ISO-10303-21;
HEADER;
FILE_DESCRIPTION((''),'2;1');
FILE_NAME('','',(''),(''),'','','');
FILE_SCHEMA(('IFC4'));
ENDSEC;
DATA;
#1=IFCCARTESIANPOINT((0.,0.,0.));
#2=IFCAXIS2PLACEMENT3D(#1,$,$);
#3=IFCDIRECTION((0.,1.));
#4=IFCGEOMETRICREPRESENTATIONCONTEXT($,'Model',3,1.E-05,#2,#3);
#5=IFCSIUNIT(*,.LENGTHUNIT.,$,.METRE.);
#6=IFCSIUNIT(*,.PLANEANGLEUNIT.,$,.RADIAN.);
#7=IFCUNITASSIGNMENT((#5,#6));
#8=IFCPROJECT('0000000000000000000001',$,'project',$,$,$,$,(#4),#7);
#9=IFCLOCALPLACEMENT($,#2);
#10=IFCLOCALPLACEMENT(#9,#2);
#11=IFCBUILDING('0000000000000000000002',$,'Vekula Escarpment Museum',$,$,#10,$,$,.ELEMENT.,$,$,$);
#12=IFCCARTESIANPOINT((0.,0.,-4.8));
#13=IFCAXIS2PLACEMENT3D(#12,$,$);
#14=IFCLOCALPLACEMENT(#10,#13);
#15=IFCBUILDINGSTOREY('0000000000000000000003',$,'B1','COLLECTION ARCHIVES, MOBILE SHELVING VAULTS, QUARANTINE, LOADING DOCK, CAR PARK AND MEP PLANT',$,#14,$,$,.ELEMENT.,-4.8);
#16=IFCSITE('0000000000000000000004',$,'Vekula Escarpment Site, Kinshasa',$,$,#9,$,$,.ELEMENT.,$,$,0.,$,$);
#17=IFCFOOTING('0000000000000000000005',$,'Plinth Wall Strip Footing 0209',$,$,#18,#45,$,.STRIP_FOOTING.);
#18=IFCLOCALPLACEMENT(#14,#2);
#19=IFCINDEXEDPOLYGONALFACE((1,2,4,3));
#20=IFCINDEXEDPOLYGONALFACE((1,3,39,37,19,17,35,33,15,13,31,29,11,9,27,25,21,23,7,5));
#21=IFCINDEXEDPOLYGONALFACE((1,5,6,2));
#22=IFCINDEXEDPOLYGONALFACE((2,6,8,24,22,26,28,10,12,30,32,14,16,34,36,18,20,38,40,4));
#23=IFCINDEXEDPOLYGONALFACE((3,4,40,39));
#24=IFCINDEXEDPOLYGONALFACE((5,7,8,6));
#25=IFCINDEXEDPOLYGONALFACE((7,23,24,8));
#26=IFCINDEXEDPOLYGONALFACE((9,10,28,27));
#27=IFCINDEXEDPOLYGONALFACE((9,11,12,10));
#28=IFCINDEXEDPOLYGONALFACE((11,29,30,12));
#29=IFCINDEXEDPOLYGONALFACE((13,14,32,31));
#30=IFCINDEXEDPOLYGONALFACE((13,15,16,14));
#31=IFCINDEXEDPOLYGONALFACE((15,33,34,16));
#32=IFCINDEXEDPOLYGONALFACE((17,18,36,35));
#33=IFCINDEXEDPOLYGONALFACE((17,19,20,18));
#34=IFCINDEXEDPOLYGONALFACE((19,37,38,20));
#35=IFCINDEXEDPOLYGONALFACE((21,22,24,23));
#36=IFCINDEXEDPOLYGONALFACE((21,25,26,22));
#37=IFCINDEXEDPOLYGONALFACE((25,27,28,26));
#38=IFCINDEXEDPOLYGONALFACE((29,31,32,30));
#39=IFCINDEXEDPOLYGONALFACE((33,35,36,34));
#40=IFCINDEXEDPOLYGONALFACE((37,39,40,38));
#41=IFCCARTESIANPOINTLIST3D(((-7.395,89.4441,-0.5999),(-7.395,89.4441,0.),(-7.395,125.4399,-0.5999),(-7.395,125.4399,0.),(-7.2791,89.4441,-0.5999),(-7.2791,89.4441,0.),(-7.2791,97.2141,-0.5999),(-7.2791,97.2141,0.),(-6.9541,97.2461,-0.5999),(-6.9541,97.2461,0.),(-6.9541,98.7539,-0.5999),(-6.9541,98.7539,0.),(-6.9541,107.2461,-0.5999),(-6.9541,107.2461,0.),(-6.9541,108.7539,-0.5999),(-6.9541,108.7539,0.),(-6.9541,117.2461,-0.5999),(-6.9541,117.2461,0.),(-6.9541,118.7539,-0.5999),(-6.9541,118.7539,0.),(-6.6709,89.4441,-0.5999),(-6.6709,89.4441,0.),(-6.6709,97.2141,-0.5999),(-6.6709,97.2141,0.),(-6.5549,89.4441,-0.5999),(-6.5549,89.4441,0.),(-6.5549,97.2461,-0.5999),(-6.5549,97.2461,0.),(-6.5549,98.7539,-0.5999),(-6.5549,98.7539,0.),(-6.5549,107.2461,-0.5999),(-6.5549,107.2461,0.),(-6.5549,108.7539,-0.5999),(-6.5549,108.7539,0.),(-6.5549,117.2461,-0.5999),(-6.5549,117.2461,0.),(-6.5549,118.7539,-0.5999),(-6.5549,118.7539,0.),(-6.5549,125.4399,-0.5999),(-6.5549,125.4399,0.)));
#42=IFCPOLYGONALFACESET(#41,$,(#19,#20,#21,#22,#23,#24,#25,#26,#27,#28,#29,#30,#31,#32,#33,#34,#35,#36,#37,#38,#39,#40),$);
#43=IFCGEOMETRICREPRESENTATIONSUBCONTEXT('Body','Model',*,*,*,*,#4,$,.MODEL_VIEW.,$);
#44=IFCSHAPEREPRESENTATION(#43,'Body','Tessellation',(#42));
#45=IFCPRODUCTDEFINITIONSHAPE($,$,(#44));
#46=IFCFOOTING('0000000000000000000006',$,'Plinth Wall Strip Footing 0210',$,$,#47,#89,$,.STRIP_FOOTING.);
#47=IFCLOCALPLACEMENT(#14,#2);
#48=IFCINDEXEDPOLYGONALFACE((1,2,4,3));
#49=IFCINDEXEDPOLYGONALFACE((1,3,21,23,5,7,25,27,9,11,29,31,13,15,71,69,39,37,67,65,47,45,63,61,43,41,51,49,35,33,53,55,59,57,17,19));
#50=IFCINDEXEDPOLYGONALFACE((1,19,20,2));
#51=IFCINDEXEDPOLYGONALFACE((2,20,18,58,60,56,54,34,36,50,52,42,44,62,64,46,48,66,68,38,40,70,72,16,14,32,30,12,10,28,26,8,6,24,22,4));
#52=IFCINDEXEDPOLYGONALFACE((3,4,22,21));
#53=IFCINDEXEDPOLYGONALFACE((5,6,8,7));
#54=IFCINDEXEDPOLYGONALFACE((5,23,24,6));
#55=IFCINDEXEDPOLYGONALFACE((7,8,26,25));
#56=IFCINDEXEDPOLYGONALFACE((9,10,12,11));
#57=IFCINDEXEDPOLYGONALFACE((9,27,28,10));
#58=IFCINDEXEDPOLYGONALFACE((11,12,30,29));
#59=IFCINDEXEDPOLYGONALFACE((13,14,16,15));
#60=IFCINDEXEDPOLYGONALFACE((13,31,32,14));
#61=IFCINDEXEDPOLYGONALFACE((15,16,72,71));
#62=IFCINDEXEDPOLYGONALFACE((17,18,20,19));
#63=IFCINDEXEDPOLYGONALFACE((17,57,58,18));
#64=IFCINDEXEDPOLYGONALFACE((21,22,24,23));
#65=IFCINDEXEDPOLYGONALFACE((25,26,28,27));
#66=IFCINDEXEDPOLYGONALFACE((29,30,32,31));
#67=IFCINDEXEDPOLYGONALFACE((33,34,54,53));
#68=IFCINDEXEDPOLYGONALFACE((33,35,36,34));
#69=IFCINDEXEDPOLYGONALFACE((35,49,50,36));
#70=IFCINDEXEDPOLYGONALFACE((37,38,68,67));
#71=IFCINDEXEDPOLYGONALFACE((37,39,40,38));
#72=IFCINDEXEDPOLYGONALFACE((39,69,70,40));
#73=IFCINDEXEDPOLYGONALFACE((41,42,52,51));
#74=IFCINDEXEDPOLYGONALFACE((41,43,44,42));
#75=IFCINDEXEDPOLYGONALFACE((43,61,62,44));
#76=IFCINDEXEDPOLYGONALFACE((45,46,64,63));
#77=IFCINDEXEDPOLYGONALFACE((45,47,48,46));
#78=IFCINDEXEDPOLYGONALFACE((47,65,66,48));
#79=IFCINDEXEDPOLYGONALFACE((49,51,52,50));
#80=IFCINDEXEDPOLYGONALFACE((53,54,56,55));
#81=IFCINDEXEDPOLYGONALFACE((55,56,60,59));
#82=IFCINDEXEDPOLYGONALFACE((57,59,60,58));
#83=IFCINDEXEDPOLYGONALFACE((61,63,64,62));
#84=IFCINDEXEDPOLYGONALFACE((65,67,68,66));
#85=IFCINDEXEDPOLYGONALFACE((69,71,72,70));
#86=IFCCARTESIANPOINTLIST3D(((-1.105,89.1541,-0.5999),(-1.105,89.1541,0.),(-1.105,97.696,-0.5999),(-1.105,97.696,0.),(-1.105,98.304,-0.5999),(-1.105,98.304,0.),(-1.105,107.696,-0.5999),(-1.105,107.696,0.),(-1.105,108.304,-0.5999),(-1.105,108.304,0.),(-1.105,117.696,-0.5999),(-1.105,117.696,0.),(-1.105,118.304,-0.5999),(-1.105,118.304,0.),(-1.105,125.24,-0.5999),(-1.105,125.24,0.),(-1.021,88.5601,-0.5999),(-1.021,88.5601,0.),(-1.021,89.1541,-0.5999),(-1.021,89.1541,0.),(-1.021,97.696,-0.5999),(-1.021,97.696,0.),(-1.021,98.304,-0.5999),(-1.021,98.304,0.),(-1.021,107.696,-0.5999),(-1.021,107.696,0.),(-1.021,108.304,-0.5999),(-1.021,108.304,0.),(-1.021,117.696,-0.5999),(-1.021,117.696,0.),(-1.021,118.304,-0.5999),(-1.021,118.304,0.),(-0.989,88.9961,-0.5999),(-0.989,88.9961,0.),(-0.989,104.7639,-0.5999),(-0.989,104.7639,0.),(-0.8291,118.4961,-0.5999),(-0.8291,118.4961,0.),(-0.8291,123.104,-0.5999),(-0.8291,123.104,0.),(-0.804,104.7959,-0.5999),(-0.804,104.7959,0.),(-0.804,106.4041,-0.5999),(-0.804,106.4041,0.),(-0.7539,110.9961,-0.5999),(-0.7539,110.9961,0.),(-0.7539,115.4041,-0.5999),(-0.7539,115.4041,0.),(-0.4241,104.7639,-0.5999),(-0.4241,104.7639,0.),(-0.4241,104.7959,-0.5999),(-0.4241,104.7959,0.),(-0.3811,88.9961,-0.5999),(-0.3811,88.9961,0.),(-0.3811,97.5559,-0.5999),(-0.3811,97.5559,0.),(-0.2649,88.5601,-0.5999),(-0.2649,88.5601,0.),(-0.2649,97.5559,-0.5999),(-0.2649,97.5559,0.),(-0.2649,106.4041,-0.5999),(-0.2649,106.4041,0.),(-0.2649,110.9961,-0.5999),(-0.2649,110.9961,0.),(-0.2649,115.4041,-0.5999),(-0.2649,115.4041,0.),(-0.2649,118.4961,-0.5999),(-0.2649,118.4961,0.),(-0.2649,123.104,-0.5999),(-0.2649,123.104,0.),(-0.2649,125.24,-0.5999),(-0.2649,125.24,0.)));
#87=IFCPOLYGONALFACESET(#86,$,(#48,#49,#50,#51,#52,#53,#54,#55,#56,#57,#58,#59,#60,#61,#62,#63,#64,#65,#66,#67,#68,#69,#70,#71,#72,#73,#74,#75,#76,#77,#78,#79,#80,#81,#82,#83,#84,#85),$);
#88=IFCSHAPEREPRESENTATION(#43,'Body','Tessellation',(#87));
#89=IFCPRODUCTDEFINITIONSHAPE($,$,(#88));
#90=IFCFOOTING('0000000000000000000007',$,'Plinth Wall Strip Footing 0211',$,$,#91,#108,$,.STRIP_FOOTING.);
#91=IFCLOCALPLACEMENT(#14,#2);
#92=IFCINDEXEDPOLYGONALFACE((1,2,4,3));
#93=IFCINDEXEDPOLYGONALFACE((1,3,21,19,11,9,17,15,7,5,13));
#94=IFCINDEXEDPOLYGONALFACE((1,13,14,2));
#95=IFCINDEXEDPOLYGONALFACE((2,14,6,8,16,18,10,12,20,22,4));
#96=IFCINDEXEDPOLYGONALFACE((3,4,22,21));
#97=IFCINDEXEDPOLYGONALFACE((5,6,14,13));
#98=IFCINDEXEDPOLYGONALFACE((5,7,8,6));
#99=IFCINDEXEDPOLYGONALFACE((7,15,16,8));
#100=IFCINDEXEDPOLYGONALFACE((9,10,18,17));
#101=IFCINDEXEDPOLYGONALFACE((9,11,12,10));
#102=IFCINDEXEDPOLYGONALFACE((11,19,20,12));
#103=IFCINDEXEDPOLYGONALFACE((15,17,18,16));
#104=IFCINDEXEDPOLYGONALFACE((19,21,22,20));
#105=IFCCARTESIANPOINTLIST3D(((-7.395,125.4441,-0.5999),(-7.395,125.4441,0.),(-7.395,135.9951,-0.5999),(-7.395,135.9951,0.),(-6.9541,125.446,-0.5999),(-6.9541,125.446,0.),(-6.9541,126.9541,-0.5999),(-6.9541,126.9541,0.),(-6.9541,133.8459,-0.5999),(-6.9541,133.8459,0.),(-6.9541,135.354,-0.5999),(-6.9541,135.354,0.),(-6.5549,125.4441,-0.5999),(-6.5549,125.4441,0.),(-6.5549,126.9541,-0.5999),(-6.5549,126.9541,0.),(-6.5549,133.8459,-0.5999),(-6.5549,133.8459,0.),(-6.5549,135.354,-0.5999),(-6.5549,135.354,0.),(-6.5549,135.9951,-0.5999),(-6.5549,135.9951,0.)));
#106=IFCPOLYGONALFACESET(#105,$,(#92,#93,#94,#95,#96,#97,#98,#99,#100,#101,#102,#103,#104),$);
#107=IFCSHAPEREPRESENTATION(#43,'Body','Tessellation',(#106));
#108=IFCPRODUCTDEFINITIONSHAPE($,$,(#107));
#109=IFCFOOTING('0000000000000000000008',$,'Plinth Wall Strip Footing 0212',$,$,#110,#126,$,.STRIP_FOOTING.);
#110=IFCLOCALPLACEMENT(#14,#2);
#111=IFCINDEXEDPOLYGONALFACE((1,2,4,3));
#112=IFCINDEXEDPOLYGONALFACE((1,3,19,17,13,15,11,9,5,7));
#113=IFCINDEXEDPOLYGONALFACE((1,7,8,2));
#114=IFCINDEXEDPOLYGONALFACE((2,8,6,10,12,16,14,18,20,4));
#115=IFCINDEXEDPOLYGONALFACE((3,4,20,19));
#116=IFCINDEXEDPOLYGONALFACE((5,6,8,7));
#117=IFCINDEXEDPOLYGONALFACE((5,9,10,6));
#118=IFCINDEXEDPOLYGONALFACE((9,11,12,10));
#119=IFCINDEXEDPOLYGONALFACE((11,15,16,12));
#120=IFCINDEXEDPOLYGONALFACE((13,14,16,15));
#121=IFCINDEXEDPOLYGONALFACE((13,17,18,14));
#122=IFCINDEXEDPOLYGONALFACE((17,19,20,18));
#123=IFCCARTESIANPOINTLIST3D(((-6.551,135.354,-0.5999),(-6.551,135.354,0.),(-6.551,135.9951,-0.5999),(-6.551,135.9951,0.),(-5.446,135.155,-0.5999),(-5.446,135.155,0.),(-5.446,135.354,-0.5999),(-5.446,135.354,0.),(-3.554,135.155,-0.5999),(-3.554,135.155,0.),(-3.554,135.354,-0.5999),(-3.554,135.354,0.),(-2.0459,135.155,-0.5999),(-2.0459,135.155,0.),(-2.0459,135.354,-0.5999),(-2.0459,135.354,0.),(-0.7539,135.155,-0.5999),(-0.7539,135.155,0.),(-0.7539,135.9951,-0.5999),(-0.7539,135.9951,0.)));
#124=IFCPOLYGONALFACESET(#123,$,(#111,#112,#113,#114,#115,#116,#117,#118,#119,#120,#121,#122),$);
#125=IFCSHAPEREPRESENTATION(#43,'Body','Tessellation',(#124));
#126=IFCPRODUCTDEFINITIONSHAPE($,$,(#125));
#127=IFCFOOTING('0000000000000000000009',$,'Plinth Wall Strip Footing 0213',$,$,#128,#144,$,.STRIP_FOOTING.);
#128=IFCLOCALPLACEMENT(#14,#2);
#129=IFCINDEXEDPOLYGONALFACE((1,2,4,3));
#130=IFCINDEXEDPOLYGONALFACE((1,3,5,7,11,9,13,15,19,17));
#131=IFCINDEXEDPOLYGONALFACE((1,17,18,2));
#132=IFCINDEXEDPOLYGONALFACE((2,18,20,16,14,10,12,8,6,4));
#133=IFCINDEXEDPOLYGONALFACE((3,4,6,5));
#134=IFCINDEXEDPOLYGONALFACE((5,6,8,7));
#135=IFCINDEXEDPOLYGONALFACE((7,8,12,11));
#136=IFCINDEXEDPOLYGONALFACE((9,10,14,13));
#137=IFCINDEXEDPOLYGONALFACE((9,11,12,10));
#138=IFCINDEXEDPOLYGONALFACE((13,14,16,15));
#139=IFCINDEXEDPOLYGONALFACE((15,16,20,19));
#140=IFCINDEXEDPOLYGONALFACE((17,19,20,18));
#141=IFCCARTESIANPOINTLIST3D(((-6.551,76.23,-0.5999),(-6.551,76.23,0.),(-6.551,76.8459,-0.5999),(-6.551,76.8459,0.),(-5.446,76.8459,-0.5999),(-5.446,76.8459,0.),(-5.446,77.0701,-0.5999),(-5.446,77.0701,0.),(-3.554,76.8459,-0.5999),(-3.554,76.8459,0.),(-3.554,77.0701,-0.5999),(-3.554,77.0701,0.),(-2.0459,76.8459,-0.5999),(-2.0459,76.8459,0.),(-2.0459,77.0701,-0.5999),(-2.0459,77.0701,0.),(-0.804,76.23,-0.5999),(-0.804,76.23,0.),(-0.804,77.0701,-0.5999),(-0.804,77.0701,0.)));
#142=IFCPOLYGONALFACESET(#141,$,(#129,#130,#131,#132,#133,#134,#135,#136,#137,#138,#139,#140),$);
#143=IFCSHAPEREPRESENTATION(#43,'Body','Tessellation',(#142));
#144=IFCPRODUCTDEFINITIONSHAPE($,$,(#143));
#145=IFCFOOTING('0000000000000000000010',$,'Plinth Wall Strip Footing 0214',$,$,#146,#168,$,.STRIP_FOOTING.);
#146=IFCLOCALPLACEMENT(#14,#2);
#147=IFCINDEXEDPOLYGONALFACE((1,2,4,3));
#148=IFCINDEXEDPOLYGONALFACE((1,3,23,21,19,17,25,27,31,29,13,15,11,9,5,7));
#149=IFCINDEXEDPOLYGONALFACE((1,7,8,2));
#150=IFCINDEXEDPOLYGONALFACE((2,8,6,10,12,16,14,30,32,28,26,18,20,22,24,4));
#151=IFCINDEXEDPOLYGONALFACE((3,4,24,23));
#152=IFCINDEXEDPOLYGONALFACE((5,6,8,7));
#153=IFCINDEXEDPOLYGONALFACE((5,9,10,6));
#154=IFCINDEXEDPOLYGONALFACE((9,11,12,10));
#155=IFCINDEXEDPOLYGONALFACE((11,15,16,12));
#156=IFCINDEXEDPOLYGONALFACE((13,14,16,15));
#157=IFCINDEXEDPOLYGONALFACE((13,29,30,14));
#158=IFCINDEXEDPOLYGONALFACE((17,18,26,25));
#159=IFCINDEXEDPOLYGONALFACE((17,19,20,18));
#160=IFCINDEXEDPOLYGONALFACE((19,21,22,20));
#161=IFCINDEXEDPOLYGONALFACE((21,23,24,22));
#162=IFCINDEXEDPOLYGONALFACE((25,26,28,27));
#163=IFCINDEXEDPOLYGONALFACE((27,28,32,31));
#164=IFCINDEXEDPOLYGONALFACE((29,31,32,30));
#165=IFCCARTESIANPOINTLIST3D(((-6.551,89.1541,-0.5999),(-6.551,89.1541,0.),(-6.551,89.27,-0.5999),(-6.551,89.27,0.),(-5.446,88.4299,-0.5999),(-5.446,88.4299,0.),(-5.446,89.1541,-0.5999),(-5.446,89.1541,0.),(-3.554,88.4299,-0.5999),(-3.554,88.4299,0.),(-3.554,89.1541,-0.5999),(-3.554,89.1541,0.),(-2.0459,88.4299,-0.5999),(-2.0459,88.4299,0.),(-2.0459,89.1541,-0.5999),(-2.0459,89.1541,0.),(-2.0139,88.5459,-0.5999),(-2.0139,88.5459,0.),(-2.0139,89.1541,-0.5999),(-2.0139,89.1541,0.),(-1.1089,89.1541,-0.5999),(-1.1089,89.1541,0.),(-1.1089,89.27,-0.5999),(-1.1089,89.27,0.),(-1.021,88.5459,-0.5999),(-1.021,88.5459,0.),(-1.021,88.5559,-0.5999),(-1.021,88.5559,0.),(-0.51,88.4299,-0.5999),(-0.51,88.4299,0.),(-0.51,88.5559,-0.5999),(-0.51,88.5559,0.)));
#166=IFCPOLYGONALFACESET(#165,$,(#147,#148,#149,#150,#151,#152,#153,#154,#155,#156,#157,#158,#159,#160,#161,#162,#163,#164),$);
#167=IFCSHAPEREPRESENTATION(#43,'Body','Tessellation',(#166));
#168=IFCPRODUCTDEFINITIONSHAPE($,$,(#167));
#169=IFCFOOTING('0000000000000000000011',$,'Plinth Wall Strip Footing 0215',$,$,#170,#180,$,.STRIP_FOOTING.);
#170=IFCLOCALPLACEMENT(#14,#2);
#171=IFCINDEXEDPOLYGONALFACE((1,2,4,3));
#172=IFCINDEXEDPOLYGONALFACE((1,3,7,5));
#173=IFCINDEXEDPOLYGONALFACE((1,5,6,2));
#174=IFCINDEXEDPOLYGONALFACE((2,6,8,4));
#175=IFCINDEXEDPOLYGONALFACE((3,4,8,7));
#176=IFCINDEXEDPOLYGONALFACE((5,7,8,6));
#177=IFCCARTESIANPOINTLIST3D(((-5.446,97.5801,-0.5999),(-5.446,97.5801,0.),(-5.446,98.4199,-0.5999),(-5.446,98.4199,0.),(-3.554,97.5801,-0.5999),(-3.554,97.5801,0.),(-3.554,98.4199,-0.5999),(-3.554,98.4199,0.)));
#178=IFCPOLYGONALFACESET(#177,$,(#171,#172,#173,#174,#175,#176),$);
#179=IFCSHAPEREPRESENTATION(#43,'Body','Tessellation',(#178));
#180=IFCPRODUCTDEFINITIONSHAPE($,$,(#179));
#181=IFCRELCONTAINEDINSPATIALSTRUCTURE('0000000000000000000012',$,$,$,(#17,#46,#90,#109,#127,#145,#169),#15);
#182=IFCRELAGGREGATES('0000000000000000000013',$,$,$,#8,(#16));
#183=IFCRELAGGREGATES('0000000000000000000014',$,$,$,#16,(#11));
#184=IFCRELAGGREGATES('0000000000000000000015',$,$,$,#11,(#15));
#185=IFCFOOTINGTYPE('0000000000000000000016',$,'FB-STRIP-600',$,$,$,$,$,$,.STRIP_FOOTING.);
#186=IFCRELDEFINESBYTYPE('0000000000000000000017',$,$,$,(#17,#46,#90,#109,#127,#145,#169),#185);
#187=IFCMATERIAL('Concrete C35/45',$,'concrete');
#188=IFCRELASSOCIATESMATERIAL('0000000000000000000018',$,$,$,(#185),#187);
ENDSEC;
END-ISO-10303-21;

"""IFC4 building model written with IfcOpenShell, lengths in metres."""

from ifc_helpers import new_model, si_unit, direction, frame, origin, place, context, subcontext, project, spatial, polyline, outline, extrude, material, type_object, element, save


model = new_model("IFC4")

# Units and contexts
model_context = context("Model", 3, precision=1e-05, world=origin(), true_north=direction((0.0, 1.0)))
body_context = subcontext(model_context, "Body", "Model", "MODEL_VIEW")
ifc_project = project(units=[si_unit("LENGTHUNIT", "METRE"), si_unit("PLANEANGLEUNIT", "RADIAN")], contexts=[model_context])

# Site, building, storey
site_placement = place(None, origin())
site = spatial("IfcSite", under=ifc_project, at=site_placement, Name="Vekula Escarpment Site, Kinshasa", CompositionType="ELEMENT", RefElevation=0.0)
building_placement = place(site_placement, origin())
building = spatial("IfcBuilding", under=site, at=building_placement, Name="Vekula Escarpment Museum", CompositionType="ELEMENT")
storey_placement = place(building_placement, frame((0.0, 0.0, -4.8)))
storey = spatial("IfcBuildingStorey", under=building, at=storey_placement, Name="B1", Description="COLLECTION ARCHIVES, MOBILE SHELVING VAULTS, QUARANTINE, LOADING DOCK, CAR PARK AND MEP PLANT", CompositionType="ELEMENT", Elevation=-4.8)

# Footings
ifc_material = material(Name="Concrete C35/45", Category="concrete")
footing_type = type_object("IfcFootingType", Name="FB-STRIP-600", PredefinedType="STRIP_FOOTING", material=ifc_material)
footing_1_placement = place(storey_placement, frame((0.0, 0.0, -0.5999)))
element("IfcFooting", 1, at=footing_1_placement, inside=storey, type_object=footing_type, Name="Plinth Wall Strip Footing 0209", PredefinedType="STRIP_FOOTING", context=body_context, shape_type="SweptSolid", body=[
    extrude(outline(polyline([(-6.5549, 89.4441), (-6.6709, 89.4441), (-6.6709, 97.2141), (-7.2791, 97.2141), (-7.2791, 89.4441), (-7.395, 89.4441), (-7.395, 125.4399), (-6.5549, 125.4399), (-6.5549, 118.7539), (-6.9541, 118.7539), (-6.9541, 117.2461), (-6.5549, 117.2461), (-6.5549, 108.7539), (-6.9541, 108.7539), (-6.9541, 107.2461), (-6.5549, 107.2461), (-6.5549, 98.7539), (-6.9541, 98.7539), (-6.9541, 97.2461), (-6.5549, 97.2461), (-6.5549, 89.4441)])), origin(), (0.0, 0.0, 1.0), 0.5999),
])
footing_2_placement = place(storey_placement, frame((0.0, 0.0, -0.5999)))
element("IfcFooting", 2, at=footing_2_placement, inside=storey, type_object=footing_type, Name="Plinth Wall Strip Footing 0210", PredefinedType="STRIP_FOOTING", context=body_context, shape_type="SweptSolid", body=[
    extrude(outline(polyline([(-0.2649, 88.5601), (-1.021, 88.5601), (-1.021, 89.1541), (-1.105, 89.1541), (-1.105, 97.696), (-1.021, 97.696), (-1.021, 98.304), (-1.105, 98.304), (-1.105, 107.696), (-1.021, 107.696), (-1.021, 108.304), (-1.105, 108.304), (-1.105, 117.696), (-1.021, 117.696), (-1.021, 118.304), (-1.105, 118.304), (-1.105, 125.24), (-0.2649, 125.24), (-0.2649, 123.104), (-0.8291, 123.104), (-0.8291, 118.4961), (-0.2649, 118.4961), (-0.2649, 115.4041), (-0.7539, 115.4041), (-0.7539, 110.9961), (-0.2649, 110.9961), (-0.2649, 106.4041), (-0.804, 106.4041), (-0.804, 104.7959), (-0.4241, 104.7959), (-0.4241, 104.7639), (-0.989, 104.7639), (-0.989, 88.9961), (-0.3811, 88.9961), (-0.3811, 97.5559), (-0.2649, 97.5559), (-0.2649, 88.5601)])), origin(), (0.0, 0.0, 1.0), 0.5999),
])
footing_3_placement = place(storey_placement, frame((0.0, 0.0, -0.5999)))
element("IfcFooting", 3, at=footing_3_placement, inside=storey, type_object=footing_type, Name="Plinth Wall Strip Footing 0211", PredefinedType="STRIP_FOOTING", context=body_context, shape_type="SweptSolid", body=[
    extrude(outline(polyline([(-6.5549, 125.4441), (-7.395, 125.4441), (-7.395, 135.9951), (-6.5549, 135.9951), (-6.5549, 135.354), (-6.9541, 135.354), (-6.9541, 133.8459), (-6.5549, 133.8459), (-6.5549, 126.9541), (-6.9541, 126.9541), (-6.9541, 125.446), (-6.5549, 125.4441)])), origin(), (0.0, 0.0, 1.0), 0.5999),
])
footing_4_placement = place(storey_placement, frame((0.0, 0.0, -0.5999)))
element("IfcFooting", 4, at=footing_4_placement, inside=storey, type_object=footing_type, Name="Plinth Wall Strip Footing 0212", PredefinedType="STRIP_FOOTING", context=body_context, shape_type="SweptSolid", body=[
    extrude(outline(polyline([(-5.446, 135.155), (-5.446, 135.354), (-6.551, 135.354), (-6.551, 135.9951), (-0.7539, 135.9951), (-0.7539, 135.155), (-2.0459, 135.155), (-2.0459, 135.354), (-3.554, 135.354), (-3.554, 135.155), (-5.446, 135.155)])), origin(), (0.0, 0.0, 1.0), 0.5999),
])
footing_5_placement = place(storey_placement, frame((0.0, 0.0, -0.5999)))
element("IfcFooting", 5, at=footing_5_placement, inside=storey, type_object=footing_type, Name="Plinth Wall Strip Footing 0213", PredefinedType="STRIP_FOOTING", context=body_context, shape_type="SweptSolid", body=[
    extrude(outline(polyline([(-6.551, 76.23), (-6.551, 76.8459), (-5.446, 76.8459), (-5.446, 77.0701), (-3.554, 77.0701), (-3.554, 76.8459), (-2.0459, 76.8459), (-2.0459, 77.0701), (-0.804, 77.0701), (-0.804, 76.23), (-6.551, 76.23)])), origin(), (0.0, 0.0, 1.0), 0.5999),
])
footing_6_placement = place(storey_placement, frame((0.0, 0.0, -0.5999)))
element("IfcFooting", 6, at=footing_6_placement, inside=storey, type_object=footing_type, Name="Plinth Wall Strip Footing 0214", PredefinedType="STRIP_FOOTING", context=body_context, shape_type="SweptSolid", body=[
    extrude(outline(polyline([(-5.446, 88.4299), (-5.446, 89.1541), (-6.551, 89.1541), (-6.551, 89.27), (-1.1089, 89.27), (-1.1089, 89.1541), (-2.0139, 89.1541), (-2.0139, 88.5459), (-1.021, 88.5459), (-1.021, 88.5559), (-0.51, 88.5559), (-0.51, 88.4299), (-2.0459, 88.4299), (-2.0459, 89.1541), (-3.554, 89.1541), (-3.554, 88.4299), (-5.446, 88.4299)])), origin(), (0.0, 0.0, 1.0), 0.5999),
])
footing_7_placement = place(storey_placement, frame((0.0, 0.0, -0.5999)))
element("IfcFooting", 7, at=footing_7_placement, inside=storey, type_object=footing_type, Name="Plinth Wall Strip Footing 0215", PredefinedType="STRIP_FOOTING", context=body_context, shape_type="SweptSolid", body=[
    extrude(outline(polyline([(-5.446, 97.5801), (-5.446, 98.4199), (-3.554, 98.4199), (-3.554, 97.5801), (-5.446, 97.5801)])), origin(), (0.0, 0.0, 1.0), 0.5999),
])

save(model, "model.ifc")
